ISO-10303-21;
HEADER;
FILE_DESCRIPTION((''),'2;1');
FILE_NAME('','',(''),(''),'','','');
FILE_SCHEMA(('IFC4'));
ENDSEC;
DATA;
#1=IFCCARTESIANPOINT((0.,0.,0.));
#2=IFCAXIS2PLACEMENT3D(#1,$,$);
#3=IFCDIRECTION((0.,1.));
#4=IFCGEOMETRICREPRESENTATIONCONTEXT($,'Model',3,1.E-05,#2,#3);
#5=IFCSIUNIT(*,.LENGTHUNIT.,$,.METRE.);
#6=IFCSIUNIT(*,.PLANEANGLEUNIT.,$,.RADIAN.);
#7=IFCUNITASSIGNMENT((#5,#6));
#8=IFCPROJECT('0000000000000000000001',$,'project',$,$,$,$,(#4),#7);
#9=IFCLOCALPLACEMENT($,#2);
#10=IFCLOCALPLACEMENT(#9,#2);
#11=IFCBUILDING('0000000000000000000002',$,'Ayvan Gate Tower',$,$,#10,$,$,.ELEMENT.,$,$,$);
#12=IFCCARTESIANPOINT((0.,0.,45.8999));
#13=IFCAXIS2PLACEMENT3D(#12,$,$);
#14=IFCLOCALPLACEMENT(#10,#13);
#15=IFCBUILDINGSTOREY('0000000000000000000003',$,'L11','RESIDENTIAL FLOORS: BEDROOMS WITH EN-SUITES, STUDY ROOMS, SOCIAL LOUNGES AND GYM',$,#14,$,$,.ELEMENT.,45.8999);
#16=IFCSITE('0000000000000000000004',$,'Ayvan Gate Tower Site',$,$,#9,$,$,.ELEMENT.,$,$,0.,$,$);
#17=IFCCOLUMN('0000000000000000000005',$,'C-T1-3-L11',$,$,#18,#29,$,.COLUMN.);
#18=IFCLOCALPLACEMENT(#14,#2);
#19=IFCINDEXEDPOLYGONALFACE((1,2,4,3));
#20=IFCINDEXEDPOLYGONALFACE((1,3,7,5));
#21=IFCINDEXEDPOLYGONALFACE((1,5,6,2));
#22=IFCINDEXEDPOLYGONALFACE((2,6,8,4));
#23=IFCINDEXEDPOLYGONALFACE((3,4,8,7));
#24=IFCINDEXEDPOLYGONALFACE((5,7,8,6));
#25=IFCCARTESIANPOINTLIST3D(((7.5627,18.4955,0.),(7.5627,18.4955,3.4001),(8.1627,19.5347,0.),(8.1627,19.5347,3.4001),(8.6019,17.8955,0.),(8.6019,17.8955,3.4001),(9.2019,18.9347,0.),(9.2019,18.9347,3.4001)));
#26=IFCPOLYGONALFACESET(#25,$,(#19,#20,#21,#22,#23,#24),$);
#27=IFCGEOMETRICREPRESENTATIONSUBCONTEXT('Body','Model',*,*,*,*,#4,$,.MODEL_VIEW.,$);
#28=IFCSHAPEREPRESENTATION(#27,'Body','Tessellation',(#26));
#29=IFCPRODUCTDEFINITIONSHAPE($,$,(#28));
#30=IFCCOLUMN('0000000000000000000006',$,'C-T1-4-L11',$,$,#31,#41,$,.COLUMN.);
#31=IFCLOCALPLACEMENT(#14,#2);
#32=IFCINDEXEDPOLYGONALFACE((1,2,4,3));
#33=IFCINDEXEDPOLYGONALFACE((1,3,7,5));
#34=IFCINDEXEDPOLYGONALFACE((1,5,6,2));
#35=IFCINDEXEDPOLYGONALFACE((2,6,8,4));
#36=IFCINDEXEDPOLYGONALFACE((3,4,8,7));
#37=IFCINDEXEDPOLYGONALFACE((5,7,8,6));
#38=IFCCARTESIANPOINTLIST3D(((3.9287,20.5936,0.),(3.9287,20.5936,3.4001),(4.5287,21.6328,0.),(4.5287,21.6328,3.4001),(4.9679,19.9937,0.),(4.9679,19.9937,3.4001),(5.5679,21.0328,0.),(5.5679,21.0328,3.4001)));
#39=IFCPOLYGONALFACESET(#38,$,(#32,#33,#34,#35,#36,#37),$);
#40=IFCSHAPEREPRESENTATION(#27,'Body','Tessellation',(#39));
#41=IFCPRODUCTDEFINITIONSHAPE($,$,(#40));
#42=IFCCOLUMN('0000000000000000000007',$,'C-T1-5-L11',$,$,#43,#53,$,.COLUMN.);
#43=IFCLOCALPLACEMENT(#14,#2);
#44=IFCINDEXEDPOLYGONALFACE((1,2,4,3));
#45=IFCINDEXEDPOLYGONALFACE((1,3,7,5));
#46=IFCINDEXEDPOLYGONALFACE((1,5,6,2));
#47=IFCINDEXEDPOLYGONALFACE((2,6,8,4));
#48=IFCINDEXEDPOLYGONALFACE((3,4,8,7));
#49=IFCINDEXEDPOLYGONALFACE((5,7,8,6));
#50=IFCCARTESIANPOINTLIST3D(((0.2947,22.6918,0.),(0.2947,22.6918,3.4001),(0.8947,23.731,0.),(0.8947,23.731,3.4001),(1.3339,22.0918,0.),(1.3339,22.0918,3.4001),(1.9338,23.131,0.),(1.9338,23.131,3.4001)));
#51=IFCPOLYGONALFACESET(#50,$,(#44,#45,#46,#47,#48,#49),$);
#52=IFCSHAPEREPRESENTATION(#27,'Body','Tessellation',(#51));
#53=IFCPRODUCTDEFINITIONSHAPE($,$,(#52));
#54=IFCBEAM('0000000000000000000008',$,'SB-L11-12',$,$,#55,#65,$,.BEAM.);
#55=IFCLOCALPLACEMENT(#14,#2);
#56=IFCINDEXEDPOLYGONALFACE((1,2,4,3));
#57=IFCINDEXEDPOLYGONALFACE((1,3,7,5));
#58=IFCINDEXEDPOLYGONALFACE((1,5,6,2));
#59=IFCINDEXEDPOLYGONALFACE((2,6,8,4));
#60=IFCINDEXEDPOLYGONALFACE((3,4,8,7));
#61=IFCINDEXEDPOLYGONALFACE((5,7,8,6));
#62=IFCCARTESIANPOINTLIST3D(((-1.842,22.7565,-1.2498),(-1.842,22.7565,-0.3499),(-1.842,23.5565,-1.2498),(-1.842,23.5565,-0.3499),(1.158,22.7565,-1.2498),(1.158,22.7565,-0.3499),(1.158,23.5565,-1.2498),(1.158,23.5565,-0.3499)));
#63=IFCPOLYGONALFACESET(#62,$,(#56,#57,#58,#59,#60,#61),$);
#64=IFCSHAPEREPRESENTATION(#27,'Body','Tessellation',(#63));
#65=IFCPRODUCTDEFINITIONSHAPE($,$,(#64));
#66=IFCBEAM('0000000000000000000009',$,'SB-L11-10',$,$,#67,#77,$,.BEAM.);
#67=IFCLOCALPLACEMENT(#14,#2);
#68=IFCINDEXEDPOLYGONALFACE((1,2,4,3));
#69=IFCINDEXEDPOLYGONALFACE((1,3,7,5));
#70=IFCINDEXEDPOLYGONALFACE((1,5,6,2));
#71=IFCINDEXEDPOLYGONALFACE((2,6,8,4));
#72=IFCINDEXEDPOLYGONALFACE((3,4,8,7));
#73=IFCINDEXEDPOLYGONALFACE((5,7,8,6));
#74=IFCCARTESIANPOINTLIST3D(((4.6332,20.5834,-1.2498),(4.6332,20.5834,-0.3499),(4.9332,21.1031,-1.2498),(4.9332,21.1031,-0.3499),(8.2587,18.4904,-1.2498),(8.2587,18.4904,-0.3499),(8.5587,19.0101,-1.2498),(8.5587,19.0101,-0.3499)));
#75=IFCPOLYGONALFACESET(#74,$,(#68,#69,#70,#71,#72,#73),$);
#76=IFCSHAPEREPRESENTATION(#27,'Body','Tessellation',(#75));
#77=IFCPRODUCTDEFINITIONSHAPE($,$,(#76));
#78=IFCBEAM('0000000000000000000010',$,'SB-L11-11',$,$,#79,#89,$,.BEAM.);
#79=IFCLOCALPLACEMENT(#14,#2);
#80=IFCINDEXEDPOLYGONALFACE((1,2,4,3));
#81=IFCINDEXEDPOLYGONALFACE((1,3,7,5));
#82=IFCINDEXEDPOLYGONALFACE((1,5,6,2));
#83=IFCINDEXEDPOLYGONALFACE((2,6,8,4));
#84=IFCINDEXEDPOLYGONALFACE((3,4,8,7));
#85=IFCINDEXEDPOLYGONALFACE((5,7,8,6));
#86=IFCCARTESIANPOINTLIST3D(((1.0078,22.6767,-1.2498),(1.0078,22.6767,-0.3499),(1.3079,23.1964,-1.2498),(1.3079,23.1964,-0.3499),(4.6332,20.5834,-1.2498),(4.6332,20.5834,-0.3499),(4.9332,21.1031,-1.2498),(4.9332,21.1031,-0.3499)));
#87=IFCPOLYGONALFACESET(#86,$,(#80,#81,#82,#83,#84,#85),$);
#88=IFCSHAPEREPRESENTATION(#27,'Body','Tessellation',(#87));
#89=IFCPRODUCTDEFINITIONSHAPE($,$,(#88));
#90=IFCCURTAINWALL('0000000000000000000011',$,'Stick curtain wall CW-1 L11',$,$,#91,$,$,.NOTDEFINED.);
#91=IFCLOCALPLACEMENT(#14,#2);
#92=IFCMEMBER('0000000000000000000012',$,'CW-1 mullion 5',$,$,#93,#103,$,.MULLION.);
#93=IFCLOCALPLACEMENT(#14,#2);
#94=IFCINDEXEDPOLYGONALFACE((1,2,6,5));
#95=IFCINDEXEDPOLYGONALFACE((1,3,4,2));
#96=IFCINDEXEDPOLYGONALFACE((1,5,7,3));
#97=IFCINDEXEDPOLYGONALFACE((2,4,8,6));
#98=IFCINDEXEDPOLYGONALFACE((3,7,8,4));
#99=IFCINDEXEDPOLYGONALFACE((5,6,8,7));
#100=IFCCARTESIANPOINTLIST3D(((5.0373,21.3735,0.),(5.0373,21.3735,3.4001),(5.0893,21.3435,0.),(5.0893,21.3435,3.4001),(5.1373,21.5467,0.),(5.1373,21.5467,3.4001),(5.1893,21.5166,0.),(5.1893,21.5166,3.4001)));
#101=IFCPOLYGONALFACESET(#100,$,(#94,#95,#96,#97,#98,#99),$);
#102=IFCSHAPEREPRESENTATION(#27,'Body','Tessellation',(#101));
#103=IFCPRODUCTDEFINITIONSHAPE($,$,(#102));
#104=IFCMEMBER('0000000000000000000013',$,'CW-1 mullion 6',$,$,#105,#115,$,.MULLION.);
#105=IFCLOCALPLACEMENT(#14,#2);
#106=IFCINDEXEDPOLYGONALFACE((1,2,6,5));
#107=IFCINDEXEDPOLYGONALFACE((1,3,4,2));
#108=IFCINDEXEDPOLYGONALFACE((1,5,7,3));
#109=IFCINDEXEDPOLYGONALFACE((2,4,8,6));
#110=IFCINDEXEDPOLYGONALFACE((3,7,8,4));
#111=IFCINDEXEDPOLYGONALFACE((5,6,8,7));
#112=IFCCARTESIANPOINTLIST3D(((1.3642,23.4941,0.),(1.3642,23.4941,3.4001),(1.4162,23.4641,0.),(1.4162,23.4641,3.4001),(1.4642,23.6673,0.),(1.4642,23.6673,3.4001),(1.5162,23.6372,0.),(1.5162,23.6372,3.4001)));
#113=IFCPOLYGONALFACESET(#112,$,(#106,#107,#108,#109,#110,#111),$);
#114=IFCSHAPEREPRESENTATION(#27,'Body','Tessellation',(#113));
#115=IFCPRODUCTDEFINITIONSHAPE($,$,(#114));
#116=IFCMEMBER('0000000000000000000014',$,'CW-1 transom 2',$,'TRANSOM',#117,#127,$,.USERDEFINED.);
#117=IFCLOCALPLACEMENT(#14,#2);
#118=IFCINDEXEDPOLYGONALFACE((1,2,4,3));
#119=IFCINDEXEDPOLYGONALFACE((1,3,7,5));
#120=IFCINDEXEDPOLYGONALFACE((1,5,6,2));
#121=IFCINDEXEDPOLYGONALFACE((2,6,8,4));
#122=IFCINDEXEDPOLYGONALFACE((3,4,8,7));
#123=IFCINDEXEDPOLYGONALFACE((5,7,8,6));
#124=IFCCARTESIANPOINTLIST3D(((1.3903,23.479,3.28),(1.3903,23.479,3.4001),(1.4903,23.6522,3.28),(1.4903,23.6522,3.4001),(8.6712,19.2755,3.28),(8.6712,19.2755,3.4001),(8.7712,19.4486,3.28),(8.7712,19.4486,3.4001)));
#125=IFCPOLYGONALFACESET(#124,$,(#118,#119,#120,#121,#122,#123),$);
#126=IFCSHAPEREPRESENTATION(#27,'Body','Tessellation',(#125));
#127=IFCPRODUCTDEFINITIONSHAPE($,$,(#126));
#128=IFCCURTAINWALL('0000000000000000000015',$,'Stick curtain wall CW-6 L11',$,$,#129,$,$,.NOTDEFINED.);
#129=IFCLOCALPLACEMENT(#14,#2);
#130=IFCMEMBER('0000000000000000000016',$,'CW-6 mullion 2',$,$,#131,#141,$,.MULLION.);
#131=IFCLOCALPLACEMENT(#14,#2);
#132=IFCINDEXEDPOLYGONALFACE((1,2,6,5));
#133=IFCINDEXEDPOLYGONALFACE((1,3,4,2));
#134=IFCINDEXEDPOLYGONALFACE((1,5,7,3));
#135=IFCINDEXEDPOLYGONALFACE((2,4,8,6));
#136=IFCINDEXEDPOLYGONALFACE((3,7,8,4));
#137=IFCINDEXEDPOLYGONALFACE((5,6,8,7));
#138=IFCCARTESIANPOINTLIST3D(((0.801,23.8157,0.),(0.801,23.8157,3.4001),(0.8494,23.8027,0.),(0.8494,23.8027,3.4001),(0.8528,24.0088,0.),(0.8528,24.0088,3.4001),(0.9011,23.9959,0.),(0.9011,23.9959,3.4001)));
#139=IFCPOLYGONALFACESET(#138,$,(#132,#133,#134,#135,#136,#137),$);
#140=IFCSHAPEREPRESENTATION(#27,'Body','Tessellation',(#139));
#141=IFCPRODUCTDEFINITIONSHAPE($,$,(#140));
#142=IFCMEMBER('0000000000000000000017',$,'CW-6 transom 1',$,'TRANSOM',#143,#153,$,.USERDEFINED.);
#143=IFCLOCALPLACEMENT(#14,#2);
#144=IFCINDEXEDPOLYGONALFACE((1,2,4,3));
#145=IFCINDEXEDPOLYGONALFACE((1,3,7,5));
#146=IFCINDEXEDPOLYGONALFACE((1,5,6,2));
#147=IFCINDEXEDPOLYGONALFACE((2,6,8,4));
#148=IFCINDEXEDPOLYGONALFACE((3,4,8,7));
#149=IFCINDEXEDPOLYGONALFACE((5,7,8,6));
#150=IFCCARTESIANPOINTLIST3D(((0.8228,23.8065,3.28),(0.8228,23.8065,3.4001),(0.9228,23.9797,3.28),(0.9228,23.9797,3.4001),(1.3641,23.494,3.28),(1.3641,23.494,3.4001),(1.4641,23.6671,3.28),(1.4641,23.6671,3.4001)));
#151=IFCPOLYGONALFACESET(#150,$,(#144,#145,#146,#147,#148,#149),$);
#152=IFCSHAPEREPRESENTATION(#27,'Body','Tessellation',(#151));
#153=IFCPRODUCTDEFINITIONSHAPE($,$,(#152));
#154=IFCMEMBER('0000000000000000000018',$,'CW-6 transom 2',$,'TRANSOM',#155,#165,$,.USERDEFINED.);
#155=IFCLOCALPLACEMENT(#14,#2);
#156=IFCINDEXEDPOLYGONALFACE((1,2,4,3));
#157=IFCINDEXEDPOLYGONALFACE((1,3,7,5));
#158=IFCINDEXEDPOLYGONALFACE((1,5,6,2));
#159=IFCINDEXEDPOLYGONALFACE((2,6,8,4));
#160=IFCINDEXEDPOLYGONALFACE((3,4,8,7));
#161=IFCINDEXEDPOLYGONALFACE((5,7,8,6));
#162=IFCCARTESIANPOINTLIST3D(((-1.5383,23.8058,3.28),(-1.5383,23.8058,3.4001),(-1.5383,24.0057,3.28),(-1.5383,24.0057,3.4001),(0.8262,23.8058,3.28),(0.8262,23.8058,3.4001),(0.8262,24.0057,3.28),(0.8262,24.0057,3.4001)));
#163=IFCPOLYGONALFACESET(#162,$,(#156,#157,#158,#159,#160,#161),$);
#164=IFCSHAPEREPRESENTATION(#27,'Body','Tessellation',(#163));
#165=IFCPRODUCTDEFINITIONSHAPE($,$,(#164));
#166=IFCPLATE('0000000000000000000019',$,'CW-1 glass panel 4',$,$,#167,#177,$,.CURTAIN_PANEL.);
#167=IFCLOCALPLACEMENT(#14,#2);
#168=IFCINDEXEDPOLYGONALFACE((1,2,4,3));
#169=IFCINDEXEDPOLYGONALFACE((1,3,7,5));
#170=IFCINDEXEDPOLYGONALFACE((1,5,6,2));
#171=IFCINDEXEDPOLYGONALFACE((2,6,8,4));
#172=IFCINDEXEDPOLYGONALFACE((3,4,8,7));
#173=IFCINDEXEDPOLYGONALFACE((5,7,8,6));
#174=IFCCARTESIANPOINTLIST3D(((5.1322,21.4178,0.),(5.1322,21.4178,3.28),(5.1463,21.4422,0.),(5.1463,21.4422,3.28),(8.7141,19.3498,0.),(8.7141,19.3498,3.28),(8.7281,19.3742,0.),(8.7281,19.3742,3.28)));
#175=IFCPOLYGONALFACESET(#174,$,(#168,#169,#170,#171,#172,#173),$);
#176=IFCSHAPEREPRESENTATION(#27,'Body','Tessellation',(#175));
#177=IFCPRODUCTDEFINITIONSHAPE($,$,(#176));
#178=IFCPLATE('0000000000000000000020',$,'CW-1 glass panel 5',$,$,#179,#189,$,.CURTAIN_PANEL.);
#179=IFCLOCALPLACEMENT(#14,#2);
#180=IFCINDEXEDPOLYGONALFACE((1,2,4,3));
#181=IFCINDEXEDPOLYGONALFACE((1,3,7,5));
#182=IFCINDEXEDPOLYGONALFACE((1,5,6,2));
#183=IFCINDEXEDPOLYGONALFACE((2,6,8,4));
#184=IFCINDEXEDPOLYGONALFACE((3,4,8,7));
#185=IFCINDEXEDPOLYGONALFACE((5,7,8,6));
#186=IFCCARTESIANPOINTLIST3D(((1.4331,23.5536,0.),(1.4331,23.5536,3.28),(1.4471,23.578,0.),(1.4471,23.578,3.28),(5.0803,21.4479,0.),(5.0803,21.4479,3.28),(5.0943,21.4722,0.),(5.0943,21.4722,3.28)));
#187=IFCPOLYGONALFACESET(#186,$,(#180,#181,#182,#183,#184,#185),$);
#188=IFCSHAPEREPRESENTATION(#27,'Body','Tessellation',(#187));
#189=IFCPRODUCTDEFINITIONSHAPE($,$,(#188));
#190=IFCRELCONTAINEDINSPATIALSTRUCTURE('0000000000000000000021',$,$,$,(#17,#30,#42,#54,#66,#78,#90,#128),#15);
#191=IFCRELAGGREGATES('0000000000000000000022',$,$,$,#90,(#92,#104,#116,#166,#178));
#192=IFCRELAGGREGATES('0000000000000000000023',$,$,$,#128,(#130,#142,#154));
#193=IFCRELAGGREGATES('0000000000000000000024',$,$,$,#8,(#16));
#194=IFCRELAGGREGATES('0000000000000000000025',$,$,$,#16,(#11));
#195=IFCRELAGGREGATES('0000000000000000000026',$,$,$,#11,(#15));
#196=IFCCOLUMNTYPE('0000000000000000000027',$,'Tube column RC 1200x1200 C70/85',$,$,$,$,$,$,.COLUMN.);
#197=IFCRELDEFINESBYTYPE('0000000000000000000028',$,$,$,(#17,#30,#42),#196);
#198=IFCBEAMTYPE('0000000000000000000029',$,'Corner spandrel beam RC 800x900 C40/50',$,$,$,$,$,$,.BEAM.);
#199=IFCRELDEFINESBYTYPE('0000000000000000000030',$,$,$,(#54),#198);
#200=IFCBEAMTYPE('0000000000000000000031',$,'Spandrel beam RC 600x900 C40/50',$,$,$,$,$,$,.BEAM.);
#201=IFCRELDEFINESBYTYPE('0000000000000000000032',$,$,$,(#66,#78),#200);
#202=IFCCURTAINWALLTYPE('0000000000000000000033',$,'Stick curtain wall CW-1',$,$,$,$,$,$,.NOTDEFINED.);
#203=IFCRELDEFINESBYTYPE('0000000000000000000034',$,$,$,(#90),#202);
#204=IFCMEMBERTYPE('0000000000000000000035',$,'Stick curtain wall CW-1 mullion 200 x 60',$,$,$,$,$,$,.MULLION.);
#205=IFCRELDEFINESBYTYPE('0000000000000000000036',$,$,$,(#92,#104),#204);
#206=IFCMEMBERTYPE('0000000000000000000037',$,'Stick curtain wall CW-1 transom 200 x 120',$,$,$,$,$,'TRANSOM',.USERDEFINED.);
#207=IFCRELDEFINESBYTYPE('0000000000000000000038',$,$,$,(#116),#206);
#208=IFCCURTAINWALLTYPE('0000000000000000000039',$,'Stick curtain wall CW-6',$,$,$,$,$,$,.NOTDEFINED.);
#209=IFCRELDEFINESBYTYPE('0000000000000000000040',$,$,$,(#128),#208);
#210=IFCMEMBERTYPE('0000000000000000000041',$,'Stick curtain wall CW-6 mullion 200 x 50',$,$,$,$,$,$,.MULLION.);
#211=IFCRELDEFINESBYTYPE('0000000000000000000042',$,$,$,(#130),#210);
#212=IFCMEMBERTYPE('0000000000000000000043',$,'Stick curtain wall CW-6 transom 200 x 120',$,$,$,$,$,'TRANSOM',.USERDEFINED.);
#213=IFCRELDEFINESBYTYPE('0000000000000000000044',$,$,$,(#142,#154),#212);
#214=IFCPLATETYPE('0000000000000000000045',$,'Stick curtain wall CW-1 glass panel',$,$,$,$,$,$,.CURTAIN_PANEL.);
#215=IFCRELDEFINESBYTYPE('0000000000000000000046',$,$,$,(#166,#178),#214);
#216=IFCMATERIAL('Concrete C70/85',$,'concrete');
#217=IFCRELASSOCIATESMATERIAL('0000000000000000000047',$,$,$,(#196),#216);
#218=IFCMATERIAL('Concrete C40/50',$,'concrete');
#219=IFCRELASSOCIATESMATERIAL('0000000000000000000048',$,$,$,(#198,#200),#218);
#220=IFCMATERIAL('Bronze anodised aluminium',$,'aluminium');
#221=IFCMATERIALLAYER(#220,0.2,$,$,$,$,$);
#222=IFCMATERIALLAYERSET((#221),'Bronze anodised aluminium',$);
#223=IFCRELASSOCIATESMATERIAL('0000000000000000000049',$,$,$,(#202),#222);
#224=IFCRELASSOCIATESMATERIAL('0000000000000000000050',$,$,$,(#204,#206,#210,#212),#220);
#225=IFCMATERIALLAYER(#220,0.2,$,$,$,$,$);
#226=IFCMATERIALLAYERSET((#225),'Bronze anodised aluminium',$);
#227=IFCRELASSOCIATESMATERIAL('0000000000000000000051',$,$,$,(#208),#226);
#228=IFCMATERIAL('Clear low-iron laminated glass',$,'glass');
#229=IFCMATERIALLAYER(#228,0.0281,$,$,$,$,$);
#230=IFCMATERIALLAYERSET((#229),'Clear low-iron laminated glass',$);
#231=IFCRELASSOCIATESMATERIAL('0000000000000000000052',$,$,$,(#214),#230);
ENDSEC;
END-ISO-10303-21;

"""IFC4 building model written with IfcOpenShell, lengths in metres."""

from ifc_helpers import new_model, si_unit, direction, frame, origin, origin_2d, place, context, subcontext, project, spatial, rectangle, extrude, material, layer, layer_set, material_profile, profile_set, type_object, element, aggregate, save


model = new_model("IFC4")

# Units and contexts
model_context = context("Model", 3, precision=1e-05, world=origin(), true_north=direction((0.0, 1.0)))
body_context = subcontext(model_context, "Body", "Model", "MODEL_VIEW")
ifc_project = project(units=[si_unit("LENGTHUNIT", "METRE"), si_unit("PLANEANGLEUNIT", "RADIAN")], contexts=[model_context])

# Site, building, storey
site_placement = place(None, origin())
site = spatial("IfcSite", under=ifc_project, at=site_placement, Name="Ayvan Gate Tower Site", CompositionType="ELEMENT", RefElevation=0.0)
building_placement = place(site_placement, origin())
building = spatial("IfcBuilding", under=site, at=building_placement, Name="Ayvan Gate Tower", CompositionType="ELEMENT")
storey_placement = place(building_placement, frame((0.0, 0.0, 45.8999)))
storey = spatial("IfcBuildingStorey", under=building, at=storey_placement, Name="L11", Description="RESIDENTIAL FLOORS: BEDROOMS WITH EN-SUITES, STUDY ROOMS, SOCIAL LOUNGES AND GYM", CompositionType="ELEMENT", Elevation=45.8999)

# Columns
ifc_material_1 = material(Name="Concrete C70/85", Category="concrete")
ifc_material_profile_1 = material_profile(ifc_material_1, rectangle(XDim=1.2, YDim=1.2, at=origin_2d()), Name="RC 1200x1200")
ifc_profile_set_1 = profile_set([ifc_material_profile_1], Name="Concrete C70/85")
column_type = type_object("IfcColumnType", Name="Tube column RC 1200x1200 C70/85", PredefinedType="COLUMN", material=ifc_profile_set_1)
for number, where, z_axis, x_axis, name in (
    (1, (8.3823, 18.7151, 0.0), (0.0, 0.0, 1.0), (0.5, 0.866025, 0.0), "C-T1-3-L11"),
    (2, (4.7483, 20.8132, 0.0), (0.0, 0.0, 1.0), (0.5, 0.866025, 0.0), "C-T1-4-L11"),
    (3, (1.1143, 22.9114, 0.0), (0.0, 0.0, 1.0), (0.5, 0.866025, 0.0), "C-T1-5-L11"),
):
    element("IfcColumn", number, at=place(storey_placement, frame(where, z_axis=z_axis, x_axis=x_axis)), inside=storey, type_object=column_type, Name=name, PredefinedType="COLUMN", context=body_context, shape_type="SweptSolid", body=[
        extrude(rectangle(XDim=1.2, YDim=1.2, at=origin_2d()), origin(), (0.0, 0.0, 1.0), 3.4001),
    ])

# Beams
ifc_material_2 = material(Name="Concrete C40/50", Category="concrete")
ifc_material_profile_2 = material_profile(ifc_material_2, rectangle(XDim=0.8, YDim=0.8999, at=origin_2d()), Name="RC 800x900")
ifc_profile_set_2 = profile_set([ifc_material_profile_2], Name="Concrete C40/50")
beam_type_1 = type_object("IfcBeamType", Name="Corner spandrel beam RC 800x900 C40/50", PredefinedType="BEAM", material=ifc_profile_set_2)
beam_placement = place(storey_placement, frame((1.158, 23.1565, -0.7998), z_axis=(-1.0, 0.0, 0.0), x_axis=(0.0, -1.0, 0.0)))
element("IfcBeam", 4, at=beam_placement, inside=storey, type_object=beam_type_1, Name="SB-L11-12", PredefinedType="BEAM", context=body_context, shape_type="SweptSolid", body=[
    extrude(rectangle(XDim=0.8, YDim=0.8999, at=origin_2d()), origin(), (0.0, 0.0, 1.0), 3.0),
])
ifc_material_profile_3 = material_profile(ifc_material_2, rectangle(XDim=0.6001, YDim=0.8999, at=origin_2d()), Name="RC 600x900")
ifc_profile_set_3 = profile_set([ifc_material_profile_3], Name="Concrete C40/50")
beam_type_2 = type_object("IfcBeamType", Name="Spandrel beam RC 600x900 C40/50", PredefinedType="BEAM", material=ifc_profile_set_3)
for number, where, z_axis, x_axis, name in (
    (5, (8.4087, 18.7502, -0.7998), (-0.866042, 0.499972, 0.0), (-0.499972, -0.866042, 0.0), "SB-L11-10"),
    (6, (4.7832, 20.8433, -0.7998), (-0.866002, 0.50004, 0.0), (-0.50004, -0.866002, 0.0), "SB-L11-11"),
):
    element("IfcBeam", number, at=place(storey_placement, frame(where, z_axis=z_axis, x_axis=x_axis)), inside=storey, type_object=beam_type_2, Name=name, PredefinedType="BEAM", context=body_context, shape_type="SweptSolid", body=[
        extrude(rectangle(XDim=0.6001, YDim=0.8999, at=origin_2d()), origin(), (0.0, 0.0, 1.0), 4.1863),
    ])

# Curtain walls, members
ifc_material_3 = material(Name="Bronze anodised aluminium", Category="aluminium")
ifc_layer_1 = layer(ifc_material_3, 0.2)
ifc_layer_set_1 = layer_set([ifc_layer_1], Name="Bronze anodised aluminium")
curtain_wall_type_1 = type_object("IfcCurtainWallType", Name="Stick curtain wall CW-1", PredefinedType="NOTDEFINED", material=ifc_layer_set_1)
curtain_wall_1_placement = place(storey_placement, origin())
curtain_wall_1 = element("IfcCurtainWall", 7, at=curtain_wall_1_placement, inside=storey, type_object=curtain_wall_type_1, Name="Stick curtain wall CW-1 L11", PredefinedType="NOTDEFINED")
ifc_material_profile_4 = material_profile(ifc_material_3, rectangle(XDim=0.2, YDim=0.0601, at=origin_2d()), Name="Stick curtain wall CW-1 mullion 200 x 60")
ifc_profile_set_4 = profile_set([ifc_material_profile_4], Name="Bronze anodised aluminium")
member_type_1 = type_object("IfcMemberType", Name="Stick curtain wall CW-1 mullion 200 x 60", PredefinedType="MULLION", material=ifc_profile_set_4)
member_1_placement = place(storey_placement, frame((5.1133, 21.4451, 0.0), z_axis=(0.0, 0.0, 1.0), x_axis=(0.5, 0.866025, 0.0)))
member_1 = element("IfcMember", 8, at=member_1_placement, type_object=member_type_1, Name="CW-1 mullion 5", PredefinedType="MULLION", context=body_context, shape_type="SweptSolid", body=[
    extrude(rectangle(XDim=0.2, YDim=0.0601, at=origin_2d()), origin(), (0.0, 0.0, 1.0), 3.4001),
])
member_2_placement = place(storey_placement, frame((1.4402, 23.5657, 0.0), z_axis=(0.0, 0.0, 1.0), x_axis=(0.5, 0.866025, 0.0)))
member_2 = element("IfcMember", 9, at=member_2_placement, type_object=member_type_1, Name="CW-1 mullion 6", PredefinedType="MULLION", context=body_context, shape_type="SweptSolid", body=[
    extrude(rectangle(XDim=0.2, YDim=0.0601, at=origin_2d()), origin(), (0.0, 0.0, 1.0), 3.4001),
])
ifc_material_profile_5 = material_profile(ifc_material_3, rectangle(XDim=0.2, YDim=0.1201, at=origin_2d()), Name="Stick curtain wall CW-1 transom 200 x 120")
ifc_profile_set_5 = profile_set([ifc_material_profile_5], Name="Bronze anodised aluminium")
member_type_2 = type_object("IfcMemberType", Name="Stick curtain wall CW-1 transom 200 x 120", ElementType="TRANSOM", PredefinedType="USERDEFINED", material=ifc_profile_set_5)
member_3_placement = place(storey_placement, frame((8.7212, 19.3621, 3.3401), z_axis=(-0.866029, 0.499993, 0.0), x_axis=(-0.499993, -0.866029, 0.0)))
member_3 = element("IfcMember", 10, at=member_3_placement, type_object=member_type_2, Name="CW-1 transom 2", ObjectType="TRANSOM", PredefinedType="USERDEFINED", context=body_context, shape_type="SweptSolid", body=[
    extrude(rectangle(XDim=0.2, YDim=0.1201, at=origin_2d()), origin(), (0.0, 0.0, 1.0), 8.4072),
])
ifc_layer_2 = layer(ifc_material_3, 0.2)
ifc_layer_set_2 = layer_set([ifc_layer_2], Name="Bronze anodised aluminium")
curtain_wall_type_2 = type_object("IfcCurtainWallType", Name="Stick curtain wall CW-6", PredefinedType="NOTDEFINED", material=ifc_layer_set_2)
curtain_wall_2_placement = place(storey_placement, origin())
curtain_wall_2 = element("IfcCurtainWall", 11, at=curtain_wall_2_placement, inside=storey, type_object=curtain_wall_type_2, Name="Stick curtain wall CW-6 L11", PredefinedType="NOTDEFINED")
ifc_material_profile_6 = material_profile(ifc_material_3, rectangle(XDim=0.2, YDim=0.05, at=origin_2d()), Name="Stick curtain wall CW-6 mullion 200 x 50")
ifc_profile_set_6 = profile_set([ifc_material_profile_6], Name="Bronze anodised aluminium")
member_type_3 = type_object("IfcMemberType", Name="Stick curtain wall CW-6 mullion 200 x 50", PredefinedType="MULLION", material=ifc_profile_set_6)
member_4_placement = place(storey_placement, frame((0.8511, 23.9058, 0.0), z_axis=(0.0, 0.0, 1.0), x_axis=(0.258819, 0.965926, 0.0)))
member_4 = element("IfcMember", 12, at=member_4_placement, type_object=member_type_3, Name="CW-6 mullion 2", PredefinedType="MULLION", context=body_context, shape_type="SweptSolid", body=[
    extrude(rectangle(XDim=0.2, YDim=0.05, at=origin_2d()), origin(), (0.0, 0.0, 1.0), 3.4001),
])
ifc_material_profile_7 = material_profile(ifc_material_3, rectangle(XDim=0.2, YDim=0.1201, at=origin_2d()), Name="Stick curtain wall CW-6 transom 200 x 120")
ifc_profile_set_7 = profile_set([ifc_material_profile_7], Name="Bronze anodised aluminium")
member_type_4 = type_object("IfcMemberType", Name="Stick curtain wall CW-6 transom 200 x 120", ElementType="TRANSOM", PredefinedType="USERDEFINED", material=ifc_profile_set_7)
member_5_placement = place(storey_placement, frame((1.4141, 23.5806, 3.3401), z_axis=(-0.866023, 0.500004, 0.0), x_axis=(-0.500004, -0.866023, 0.0)))
member_5 = element("IfcMember", 13, at=member_5_placement, type_object=member_type_4, Name="CW-6 transom 1", ObjectType="TRANSOM", PredefinedType="USERDEFINED", context=body_context, shape_type="SweptSolid", body=[
    extrude(rectangle(XDim=0.2, YDim=0.1201, at=origin_2d()), origin(), (0.0, 0.0, 1.0), 0.625),
])
member_6_placement = place(storey_placement, frame((0.8262, 23.9058, 3.3401), z_axis=(-1.0, 0.0, 0.0), x_axis=(0.0, -1.0, 0.0)))
member_6 = element("IfcMember", 14, at=member_6_placement, type_object=member_type_4, Name="CW-6 transom 2", ObjectType="TRANSOM", PredefinedType="USERDEFINED", context=body_context, shape_type="SweptSolid", body=[
    extrude(rectangle(XDim=0.2, YDim=0.1201, at=origin_2d()), origin(), (0.0, 0.0, 1.0), 2.3645),
])

# Plates
ifc_material_4 = material(Name="Clear low-iron laminated glass", Category="glass")
ifc_layer_3 = layer(ifc_material_4, 0.0281)
ifc_layer_set_3 = layer_set([ifc_layer_3], Name="Clear low-iron laminated glass")
plate_type_1 = type_object("IfcPlateType", Name="Stick curtain wall CW-1 glass panel", PredefinedType="CURTAIN_PANEL", material=ifc_layer_set_3)
plate_1_placement = place(storey_placement, frame((6.9302, 20.396, 0.0), z_axis=(0.0, 0.0, 1.0), x_axis=(-0.866025, 0.5, 0.0)))
plate_1 = element("IfcPlate", 15, at=plate_1_placement, type_object=plate_type_1, Name="CW-1 glass panel 4", PredefinedType="CURTAIN_PANEL", context=body_context, shape_type="SweptSolid", body=[
    extrude(rectangle(XDim=4.136, YDim=0.0281, at=origin_2d()), origin(), (0.0, 0.0, 1.0), 3.28),
])
plate_2_placement = place(storey_placement, frame((3.2637, 22.5129, 0.0), z_axis=(0.0, 0.0, 1.0), x_axis=(-0.866025, 0.5, 0.0)))
plate_2 = element("IfcPlate", 16, at=plate_2_placement, type_object=plate_type_1, Name="CW-1 glass panel 5", PredefinedType="CURTAIN_PANEL", context=body_context, shape_type="SweptSolid", body=[
    extrude(rectangle(XDim=4.2114, YDim=0.0281, at=origin_2d()), origin(), (0.0, 0.0, 1.0), 3.28),
])
aggregate(curtain_wall_1, [member_1, member_2, member_3, plate_1, plate_2])
aggregate(curtain_wall_2, [member_4, member_5, member_6])

save(model, "model.ifc")
